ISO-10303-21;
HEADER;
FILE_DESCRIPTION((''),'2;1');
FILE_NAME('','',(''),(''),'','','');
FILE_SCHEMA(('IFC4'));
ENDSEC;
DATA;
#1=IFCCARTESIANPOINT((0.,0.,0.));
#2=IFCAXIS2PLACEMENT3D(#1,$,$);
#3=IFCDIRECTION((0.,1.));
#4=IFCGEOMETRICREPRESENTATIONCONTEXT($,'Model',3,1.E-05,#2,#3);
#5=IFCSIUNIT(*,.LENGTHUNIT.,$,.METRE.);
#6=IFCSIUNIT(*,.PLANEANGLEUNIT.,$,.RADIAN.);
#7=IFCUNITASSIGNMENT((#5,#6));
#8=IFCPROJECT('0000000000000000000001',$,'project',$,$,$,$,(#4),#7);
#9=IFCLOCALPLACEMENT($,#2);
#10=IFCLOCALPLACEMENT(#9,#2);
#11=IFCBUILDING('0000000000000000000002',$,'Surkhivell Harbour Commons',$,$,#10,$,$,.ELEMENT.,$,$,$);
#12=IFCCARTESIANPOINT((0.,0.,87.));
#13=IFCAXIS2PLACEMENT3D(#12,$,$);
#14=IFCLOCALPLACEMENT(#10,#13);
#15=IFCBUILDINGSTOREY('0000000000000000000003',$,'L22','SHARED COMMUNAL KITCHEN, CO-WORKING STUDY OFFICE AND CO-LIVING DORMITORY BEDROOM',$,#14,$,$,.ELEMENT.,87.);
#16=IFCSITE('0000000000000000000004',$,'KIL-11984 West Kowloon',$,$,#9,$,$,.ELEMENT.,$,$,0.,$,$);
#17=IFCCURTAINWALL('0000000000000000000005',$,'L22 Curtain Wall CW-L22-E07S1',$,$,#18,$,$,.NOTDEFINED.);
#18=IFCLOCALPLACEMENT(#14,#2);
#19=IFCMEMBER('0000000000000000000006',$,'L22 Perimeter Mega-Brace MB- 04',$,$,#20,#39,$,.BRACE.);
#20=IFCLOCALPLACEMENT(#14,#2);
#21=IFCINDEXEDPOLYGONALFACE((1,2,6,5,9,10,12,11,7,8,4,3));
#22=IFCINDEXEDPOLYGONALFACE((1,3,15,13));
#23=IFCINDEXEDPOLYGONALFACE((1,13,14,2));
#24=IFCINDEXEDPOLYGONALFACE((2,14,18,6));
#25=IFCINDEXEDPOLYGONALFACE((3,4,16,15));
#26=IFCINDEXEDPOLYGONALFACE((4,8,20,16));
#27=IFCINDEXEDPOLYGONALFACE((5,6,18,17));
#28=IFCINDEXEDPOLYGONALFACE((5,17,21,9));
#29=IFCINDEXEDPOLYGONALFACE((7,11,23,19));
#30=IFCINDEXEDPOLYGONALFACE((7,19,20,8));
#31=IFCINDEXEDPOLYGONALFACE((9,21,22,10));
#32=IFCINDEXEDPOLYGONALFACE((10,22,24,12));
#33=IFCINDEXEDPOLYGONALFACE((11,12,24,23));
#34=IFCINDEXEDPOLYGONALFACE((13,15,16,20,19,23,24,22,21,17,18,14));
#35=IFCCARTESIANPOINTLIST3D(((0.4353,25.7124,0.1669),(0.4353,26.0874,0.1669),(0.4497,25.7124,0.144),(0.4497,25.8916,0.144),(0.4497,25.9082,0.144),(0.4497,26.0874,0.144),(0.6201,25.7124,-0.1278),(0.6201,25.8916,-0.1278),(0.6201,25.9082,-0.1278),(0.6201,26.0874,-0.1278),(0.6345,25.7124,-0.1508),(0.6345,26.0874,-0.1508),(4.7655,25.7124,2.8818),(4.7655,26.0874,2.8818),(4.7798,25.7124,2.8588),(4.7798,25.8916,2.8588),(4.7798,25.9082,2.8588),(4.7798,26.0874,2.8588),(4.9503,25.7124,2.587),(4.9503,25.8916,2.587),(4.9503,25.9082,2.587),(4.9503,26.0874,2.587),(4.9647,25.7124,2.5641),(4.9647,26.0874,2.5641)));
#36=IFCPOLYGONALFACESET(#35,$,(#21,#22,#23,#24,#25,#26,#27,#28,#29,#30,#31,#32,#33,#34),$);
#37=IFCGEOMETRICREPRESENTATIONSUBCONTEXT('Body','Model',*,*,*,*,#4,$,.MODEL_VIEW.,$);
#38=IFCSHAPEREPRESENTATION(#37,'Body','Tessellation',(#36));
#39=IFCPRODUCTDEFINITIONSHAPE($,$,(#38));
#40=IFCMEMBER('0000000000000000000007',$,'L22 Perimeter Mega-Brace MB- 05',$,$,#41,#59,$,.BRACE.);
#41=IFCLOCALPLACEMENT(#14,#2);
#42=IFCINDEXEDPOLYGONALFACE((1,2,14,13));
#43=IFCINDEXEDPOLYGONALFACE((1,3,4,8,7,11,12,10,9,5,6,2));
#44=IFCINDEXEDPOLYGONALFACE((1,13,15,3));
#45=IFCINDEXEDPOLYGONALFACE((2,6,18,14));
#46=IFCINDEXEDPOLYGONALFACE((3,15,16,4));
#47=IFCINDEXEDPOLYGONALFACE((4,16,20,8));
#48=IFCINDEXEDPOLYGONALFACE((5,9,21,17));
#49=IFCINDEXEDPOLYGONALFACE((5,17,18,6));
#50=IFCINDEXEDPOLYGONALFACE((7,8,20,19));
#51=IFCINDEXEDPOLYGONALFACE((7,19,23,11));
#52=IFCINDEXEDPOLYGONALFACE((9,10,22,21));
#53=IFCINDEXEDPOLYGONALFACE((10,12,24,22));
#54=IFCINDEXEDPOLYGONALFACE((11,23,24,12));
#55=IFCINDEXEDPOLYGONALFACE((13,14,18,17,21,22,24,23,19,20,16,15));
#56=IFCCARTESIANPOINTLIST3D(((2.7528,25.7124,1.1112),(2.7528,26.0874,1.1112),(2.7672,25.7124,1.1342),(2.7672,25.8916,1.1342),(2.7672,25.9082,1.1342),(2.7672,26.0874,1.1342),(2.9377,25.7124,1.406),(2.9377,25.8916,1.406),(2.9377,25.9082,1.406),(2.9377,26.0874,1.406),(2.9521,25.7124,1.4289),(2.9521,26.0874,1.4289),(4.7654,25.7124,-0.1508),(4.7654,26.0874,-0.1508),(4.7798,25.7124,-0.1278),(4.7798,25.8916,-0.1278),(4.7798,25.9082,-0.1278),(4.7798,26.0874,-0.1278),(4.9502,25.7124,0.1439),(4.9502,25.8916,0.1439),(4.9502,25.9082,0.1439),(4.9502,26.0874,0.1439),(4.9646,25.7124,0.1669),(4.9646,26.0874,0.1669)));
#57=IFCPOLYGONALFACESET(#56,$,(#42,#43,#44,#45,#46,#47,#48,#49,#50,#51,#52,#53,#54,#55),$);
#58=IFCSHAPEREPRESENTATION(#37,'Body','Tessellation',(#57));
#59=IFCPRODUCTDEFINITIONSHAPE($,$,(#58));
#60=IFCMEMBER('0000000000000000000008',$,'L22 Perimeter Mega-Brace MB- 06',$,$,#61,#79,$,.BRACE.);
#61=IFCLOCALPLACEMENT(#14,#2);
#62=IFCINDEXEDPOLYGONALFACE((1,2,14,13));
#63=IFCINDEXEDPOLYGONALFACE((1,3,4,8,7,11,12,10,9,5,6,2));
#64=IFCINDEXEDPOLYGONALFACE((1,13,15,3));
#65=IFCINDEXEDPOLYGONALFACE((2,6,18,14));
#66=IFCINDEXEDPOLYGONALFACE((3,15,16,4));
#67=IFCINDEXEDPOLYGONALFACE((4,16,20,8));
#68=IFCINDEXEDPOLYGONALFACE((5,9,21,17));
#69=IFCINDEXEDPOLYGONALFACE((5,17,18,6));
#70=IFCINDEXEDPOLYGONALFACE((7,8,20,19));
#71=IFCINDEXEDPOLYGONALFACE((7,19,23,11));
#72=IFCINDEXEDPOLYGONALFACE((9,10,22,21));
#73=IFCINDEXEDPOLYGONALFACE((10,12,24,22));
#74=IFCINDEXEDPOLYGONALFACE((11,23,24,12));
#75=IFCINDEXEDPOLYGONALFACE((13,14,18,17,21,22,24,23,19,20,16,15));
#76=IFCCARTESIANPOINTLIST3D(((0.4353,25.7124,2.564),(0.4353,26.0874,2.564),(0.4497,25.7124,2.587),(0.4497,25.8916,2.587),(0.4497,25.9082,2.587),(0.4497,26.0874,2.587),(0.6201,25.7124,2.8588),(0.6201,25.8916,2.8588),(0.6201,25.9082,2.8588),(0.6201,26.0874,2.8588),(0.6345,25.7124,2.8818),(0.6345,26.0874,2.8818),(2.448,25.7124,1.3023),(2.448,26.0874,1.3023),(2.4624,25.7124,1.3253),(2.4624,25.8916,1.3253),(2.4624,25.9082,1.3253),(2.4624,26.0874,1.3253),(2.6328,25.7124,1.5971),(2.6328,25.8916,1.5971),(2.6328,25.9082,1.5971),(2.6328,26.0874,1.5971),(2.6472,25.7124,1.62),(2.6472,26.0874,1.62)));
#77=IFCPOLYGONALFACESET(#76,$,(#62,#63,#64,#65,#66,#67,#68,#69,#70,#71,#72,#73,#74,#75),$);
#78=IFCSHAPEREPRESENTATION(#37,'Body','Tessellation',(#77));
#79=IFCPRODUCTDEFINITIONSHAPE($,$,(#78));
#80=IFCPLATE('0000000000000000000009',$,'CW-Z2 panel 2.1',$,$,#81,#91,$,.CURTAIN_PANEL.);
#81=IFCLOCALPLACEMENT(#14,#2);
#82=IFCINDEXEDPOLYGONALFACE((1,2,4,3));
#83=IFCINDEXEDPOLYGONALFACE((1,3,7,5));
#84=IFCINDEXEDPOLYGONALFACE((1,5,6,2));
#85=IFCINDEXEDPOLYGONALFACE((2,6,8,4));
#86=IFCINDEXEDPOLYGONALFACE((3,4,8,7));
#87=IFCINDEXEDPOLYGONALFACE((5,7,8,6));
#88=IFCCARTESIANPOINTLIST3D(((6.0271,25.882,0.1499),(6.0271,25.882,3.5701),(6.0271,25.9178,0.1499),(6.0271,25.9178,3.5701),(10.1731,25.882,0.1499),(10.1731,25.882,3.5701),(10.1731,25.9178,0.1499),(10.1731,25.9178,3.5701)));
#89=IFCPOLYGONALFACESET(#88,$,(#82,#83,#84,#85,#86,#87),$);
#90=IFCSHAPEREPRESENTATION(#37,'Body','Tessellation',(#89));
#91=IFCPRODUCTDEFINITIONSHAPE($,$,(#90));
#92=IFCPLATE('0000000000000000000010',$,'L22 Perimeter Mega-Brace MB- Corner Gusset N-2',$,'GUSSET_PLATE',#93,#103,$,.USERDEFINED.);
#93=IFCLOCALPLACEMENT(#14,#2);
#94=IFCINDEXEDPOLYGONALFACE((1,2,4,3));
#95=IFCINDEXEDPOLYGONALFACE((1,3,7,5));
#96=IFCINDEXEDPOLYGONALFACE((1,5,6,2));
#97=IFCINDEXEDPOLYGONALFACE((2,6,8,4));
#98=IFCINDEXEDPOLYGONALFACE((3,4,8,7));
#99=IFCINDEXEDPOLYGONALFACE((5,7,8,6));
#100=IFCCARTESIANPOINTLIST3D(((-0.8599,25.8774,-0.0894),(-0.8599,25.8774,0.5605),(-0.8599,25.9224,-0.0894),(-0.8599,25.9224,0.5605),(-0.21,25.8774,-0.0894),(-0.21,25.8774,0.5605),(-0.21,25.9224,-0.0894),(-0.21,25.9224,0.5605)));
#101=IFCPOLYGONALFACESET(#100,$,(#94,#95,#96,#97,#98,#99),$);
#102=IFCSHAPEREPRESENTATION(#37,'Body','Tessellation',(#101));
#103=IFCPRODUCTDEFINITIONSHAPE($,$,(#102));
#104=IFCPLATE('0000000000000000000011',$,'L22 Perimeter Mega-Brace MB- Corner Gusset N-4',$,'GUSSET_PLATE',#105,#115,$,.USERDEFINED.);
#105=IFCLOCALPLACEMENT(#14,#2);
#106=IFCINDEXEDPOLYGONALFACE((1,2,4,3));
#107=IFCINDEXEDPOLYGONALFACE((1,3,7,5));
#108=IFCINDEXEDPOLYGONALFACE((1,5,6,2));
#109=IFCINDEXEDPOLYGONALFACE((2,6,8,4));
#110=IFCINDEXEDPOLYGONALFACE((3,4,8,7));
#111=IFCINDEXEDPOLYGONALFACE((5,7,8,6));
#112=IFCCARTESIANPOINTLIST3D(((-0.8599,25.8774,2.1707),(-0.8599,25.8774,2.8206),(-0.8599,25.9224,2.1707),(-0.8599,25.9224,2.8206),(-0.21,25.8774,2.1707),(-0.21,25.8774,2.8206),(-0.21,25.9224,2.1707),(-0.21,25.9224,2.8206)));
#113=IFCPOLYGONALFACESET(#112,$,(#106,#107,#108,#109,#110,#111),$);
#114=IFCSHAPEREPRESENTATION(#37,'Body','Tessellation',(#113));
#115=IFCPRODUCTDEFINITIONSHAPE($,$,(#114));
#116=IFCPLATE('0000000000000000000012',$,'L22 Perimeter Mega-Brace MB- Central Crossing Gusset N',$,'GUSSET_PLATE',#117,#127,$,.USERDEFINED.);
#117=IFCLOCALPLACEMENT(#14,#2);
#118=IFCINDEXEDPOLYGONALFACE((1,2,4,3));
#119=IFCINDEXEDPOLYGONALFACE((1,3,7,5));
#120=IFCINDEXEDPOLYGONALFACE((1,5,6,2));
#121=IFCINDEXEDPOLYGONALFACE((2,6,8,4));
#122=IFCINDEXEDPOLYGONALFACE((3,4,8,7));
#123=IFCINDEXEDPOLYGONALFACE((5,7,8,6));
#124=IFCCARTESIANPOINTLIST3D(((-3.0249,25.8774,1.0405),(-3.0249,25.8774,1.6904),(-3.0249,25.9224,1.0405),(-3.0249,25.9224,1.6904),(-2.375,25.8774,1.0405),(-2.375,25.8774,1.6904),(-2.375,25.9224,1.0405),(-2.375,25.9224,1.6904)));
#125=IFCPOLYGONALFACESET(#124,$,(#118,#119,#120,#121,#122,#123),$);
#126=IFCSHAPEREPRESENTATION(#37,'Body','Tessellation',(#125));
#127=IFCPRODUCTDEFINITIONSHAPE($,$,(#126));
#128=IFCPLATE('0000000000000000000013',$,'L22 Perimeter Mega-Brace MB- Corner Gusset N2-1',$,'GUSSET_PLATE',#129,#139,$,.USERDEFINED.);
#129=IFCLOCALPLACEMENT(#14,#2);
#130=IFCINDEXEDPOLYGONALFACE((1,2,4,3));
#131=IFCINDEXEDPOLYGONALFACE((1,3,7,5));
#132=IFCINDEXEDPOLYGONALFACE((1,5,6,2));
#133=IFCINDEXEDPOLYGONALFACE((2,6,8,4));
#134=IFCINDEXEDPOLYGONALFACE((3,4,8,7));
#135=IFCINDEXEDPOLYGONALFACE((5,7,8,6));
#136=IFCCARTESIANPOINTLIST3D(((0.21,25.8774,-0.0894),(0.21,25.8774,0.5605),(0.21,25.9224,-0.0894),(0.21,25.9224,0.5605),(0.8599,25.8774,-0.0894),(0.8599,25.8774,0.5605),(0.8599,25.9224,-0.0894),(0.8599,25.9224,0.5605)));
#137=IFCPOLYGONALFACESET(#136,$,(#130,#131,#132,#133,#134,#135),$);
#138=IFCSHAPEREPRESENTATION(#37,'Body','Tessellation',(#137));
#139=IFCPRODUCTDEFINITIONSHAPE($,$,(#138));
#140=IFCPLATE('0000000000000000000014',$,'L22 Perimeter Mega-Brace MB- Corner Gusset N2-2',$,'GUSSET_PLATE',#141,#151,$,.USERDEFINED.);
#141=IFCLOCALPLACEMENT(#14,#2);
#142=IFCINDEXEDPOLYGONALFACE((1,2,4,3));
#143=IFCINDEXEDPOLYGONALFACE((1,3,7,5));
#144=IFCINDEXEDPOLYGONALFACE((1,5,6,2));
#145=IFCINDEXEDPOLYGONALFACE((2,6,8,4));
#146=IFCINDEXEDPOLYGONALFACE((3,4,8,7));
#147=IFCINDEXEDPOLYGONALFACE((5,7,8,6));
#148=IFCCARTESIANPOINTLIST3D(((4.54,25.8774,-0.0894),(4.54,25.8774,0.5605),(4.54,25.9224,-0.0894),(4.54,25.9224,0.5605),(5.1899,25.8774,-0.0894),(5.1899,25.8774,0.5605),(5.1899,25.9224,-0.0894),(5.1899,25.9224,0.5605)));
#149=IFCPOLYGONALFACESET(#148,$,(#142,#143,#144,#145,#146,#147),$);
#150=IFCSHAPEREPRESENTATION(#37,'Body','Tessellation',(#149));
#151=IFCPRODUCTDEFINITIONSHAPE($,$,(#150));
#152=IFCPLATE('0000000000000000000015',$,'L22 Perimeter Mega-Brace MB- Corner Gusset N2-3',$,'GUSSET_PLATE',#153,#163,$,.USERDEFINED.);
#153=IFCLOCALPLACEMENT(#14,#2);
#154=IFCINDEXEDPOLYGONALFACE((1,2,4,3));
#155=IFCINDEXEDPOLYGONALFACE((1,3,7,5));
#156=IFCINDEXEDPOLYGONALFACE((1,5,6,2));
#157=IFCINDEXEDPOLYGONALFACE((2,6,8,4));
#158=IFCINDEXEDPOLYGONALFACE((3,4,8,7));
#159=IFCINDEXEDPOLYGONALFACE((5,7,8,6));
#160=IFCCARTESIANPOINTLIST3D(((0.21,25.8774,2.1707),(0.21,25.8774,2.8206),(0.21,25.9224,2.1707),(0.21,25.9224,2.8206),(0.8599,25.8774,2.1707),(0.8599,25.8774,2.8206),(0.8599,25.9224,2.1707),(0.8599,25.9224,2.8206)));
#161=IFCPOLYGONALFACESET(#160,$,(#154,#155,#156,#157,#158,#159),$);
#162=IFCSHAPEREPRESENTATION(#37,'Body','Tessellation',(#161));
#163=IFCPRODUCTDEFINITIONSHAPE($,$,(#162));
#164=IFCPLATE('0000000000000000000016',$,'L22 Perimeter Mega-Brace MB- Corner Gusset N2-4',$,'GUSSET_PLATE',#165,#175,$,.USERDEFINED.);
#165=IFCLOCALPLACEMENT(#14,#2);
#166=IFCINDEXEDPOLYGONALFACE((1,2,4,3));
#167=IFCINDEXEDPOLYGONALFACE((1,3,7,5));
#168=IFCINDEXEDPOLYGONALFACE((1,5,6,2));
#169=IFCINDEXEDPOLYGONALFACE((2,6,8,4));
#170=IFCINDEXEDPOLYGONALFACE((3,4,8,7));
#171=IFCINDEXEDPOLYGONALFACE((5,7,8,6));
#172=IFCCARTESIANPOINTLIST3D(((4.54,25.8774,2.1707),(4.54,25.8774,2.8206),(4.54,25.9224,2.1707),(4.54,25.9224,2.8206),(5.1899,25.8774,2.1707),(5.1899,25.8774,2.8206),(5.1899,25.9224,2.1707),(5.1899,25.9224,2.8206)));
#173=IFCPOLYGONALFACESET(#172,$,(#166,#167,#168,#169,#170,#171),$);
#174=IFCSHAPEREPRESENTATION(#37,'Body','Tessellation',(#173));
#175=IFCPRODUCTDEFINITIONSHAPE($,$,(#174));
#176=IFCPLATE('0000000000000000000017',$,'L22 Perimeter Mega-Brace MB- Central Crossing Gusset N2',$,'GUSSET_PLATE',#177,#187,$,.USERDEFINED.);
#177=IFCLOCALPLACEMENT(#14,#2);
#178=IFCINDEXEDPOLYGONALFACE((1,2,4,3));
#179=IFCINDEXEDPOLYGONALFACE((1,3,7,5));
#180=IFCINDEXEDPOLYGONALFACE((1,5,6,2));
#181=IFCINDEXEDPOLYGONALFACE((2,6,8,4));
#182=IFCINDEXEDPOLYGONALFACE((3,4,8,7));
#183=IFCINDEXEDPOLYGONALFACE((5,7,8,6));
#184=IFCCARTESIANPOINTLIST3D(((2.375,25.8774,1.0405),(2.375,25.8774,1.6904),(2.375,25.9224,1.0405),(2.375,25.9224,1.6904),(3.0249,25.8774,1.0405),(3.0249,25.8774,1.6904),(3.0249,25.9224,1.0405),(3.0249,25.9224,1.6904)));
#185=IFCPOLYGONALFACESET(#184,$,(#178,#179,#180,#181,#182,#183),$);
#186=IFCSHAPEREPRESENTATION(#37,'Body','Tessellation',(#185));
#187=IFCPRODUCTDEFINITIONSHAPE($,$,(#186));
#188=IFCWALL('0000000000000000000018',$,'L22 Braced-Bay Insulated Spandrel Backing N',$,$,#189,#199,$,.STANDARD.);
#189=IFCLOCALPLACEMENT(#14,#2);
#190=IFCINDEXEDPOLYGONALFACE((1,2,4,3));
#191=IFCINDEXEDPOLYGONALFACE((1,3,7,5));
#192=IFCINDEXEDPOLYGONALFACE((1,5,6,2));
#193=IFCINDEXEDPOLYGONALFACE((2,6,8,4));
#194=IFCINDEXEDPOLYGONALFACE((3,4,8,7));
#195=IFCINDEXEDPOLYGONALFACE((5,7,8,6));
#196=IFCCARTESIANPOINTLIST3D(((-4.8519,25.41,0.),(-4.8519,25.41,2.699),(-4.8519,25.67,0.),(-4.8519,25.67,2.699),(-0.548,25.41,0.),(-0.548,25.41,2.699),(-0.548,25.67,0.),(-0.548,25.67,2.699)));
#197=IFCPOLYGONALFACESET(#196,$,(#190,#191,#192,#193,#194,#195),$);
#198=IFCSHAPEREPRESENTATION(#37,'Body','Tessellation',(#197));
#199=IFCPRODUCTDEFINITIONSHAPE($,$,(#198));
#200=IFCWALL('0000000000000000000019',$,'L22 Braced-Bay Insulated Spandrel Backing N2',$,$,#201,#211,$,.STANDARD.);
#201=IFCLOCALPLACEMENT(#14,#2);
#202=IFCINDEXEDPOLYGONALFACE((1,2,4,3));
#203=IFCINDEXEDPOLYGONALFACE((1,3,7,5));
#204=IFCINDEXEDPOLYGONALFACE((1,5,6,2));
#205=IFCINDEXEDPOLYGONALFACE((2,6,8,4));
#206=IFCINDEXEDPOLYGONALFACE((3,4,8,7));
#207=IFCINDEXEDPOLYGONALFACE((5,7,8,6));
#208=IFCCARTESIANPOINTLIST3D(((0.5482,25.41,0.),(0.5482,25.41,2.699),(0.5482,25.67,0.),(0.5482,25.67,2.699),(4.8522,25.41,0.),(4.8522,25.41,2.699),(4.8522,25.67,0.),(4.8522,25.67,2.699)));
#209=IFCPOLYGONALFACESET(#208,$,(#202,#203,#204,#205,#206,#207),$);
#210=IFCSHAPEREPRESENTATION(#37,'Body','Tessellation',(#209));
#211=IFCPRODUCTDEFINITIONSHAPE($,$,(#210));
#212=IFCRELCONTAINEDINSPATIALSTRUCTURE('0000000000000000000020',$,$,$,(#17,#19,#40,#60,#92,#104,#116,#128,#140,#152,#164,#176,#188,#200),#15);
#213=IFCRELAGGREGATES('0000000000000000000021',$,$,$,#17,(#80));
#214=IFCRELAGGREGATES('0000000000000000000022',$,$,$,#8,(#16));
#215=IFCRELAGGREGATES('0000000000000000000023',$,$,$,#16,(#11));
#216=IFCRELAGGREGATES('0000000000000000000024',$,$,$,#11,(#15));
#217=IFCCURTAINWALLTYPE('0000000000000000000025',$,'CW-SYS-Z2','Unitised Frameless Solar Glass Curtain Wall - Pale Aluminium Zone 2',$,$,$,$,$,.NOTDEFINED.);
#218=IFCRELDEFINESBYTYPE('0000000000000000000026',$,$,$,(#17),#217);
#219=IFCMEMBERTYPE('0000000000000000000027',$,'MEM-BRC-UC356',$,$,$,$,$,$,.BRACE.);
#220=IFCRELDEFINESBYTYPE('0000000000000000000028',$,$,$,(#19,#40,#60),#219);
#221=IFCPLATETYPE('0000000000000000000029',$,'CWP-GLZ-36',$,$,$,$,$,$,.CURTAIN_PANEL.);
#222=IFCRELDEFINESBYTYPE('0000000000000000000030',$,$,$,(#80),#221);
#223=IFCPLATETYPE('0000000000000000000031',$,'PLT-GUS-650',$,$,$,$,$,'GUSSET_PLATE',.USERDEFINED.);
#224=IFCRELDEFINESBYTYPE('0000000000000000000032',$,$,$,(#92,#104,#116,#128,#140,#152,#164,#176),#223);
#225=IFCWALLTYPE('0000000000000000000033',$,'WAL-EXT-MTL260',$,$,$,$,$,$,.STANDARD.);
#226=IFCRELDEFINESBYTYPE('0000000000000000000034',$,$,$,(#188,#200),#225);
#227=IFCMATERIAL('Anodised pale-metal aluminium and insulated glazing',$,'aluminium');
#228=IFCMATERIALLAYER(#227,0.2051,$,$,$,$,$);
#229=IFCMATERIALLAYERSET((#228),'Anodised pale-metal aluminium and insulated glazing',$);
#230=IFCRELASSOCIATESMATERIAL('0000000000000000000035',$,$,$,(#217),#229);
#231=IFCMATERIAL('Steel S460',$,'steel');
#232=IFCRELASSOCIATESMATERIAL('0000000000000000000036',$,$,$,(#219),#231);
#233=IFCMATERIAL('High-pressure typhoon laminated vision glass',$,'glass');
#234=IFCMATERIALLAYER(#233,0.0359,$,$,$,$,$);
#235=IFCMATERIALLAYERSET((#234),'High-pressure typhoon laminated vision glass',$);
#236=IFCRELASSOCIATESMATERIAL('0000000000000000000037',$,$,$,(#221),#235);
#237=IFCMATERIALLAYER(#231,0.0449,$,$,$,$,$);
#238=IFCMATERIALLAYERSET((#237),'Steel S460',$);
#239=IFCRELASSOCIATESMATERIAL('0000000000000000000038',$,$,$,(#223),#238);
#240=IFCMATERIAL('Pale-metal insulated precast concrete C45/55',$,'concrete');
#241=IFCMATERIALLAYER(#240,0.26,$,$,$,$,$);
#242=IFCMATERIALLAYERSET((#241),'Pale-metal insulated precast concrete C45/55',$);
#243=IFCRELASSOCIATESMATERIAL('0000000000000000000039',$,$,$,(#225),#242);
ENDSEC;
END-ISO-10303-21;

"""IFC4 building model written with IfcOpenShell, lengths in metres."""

from ifc_helpers import new_model, si_unit, direction, frame, frame_2d, origin, origin_2d, place, context, subcontext, project, spatial, rectangle, i_section, extrude, material, layer, layer_set, material_profile, profile_set, type_object, element, aggregate, save


model = new_model("IFC4")

# Units and contexts
model_context = context("Model", 3, precision=1e-05, world=origin(), true_north=direction((0.0, 1.0)))
body_context = subcontext(model_context, "Body", "Model", "MODEL_VIEW")
ifc_project = project(units=[si_unit("LENGTHUNIT", "METRE"), si_unit("PLANEANGLEUNIT", "RADIAN")], contexts=[model_context])

# Site, building, storey
site_placement = place(None, origin())
site = spatial("IfcSite", under=ifc_project, at=site_placement, Name="KIL-11984 West Kowloon", CompositionType="ELEMENT", RefElevation=0.0)
building_placement = place(site_placement, origin())
building = spatial("IfcBuilding", under=site, at=building_placement, Name="Surkhivell Harbour Commons", CompositionType="ELEMENT")
storey_placement = place(building_placement, frame((0.0, 0.0, 87.0)))
storey = spatial("IfcBuildingStorey", under=building, at=storey_placement, Name="L22", Description="SHARED COMMUNAL KITCHEN, CO-WORKING STUDY OFFICE AND CO-LIVING DORMITORY BEDROOM", CompositionType="ELEMENT", Elevation=87.0)

# Shared definitions
ifc_material_1 = material(Name="Steel S460", Category="steel")

# Curtain wall
ifc_material_2 = material(Name="Anodised pale-metal aluminium and insulated glazing", Category="aluminium")
ifc_layer_1 = layer(ifc_material_2, 0.2051)
ifc_layer_set_1 = layer_set([ifc_layer_1], Name="Anodised pale-metal aluminium and insulated glazing")
curtain_wall_type = type_object("IfcCurtainWallType", Name="CW-SYS-Z2", Description="Unitised Frameless Solar Glass Curtain Wall - Pale Aluminium Zone 2", PredefinedType="NOTDEFINED", material=ifc_layer_set_1)
curtain_wall_placement = place(storey_placement, origin())
curtain_wall = element("IfcCurtainWall", 1, at=curtain_wall_placement, inside=storey, type_object=curtain_wall_type, Name="L22 Curtain Wall CW-L22-E07S1", PredefinedType="NOTDEFINED")

# Members
ifc_material_profile_1 = material_profile(ifc_material_1, i_section(OverallWidth=0.375, OverallDepth=0.375, WebThickness=0.0166, FlangeThickness=0.0271, at=origin_2d()), Name="UC356x368x202")
ifc_profile_set_1 = profile_set([ifc_material_profile_1], Name="Steel S460")
member_type_1 = type_object("IfcMemberType", Name="MEM-BRC-UC356", PredefinedType="BRACE", material=ifc_profile_set_1)
member_1_placement = place(storey_placement, frame((0.5349, 25.8999, 0.0081), z_axis=(0.847246, 0.0, 0.531201), x_axis=(0.0, 1.0, 0.0)))
element("IfcMember", 2, at=member_1_placement, inside=storey, type_object=member_type_1, Name="L22 Perimeter Mega-Brace MB- 04", PredefinedType="BRACE", context=body_context, shape_type="SweptSolid", body=[
    extrude(i_section(OverallWidth=0.375, OverallDepth=0.375, WebThickness=0.0166, FlangeThickness=0.0271, at=origin_2d()), origin(), (0.0, 0.0, 1.0), 5.1108),
])
for number, where, z_axis, x_axis, name in (
    (3, (4.865, 25.8999, 0.0081), (-0.847206, 0.0, 0.531264), (0.0, -1.0, 0.0), "L22 Perimeter Mega-Brace MB- 05"),
    (4, (2.5476, 25.8999, 1.4612), (-0.847282, 0.0, 0.531144), (0.0, -1.0, 0.0), "L22 Perimeter Mega-Brace MB- 06"),
):
    element("IfcMember", number, at=place(storey_placement, frame(where, z_axis=z_axis, x_axis=x_axis)), inside=storey, type_object=member_type_1, Name=name, PredefinedType="BRACE", context=body_context, shape_type="SweptSolid", body=[
        extrude(i_section(OverallWidth=0.375, OverallDepth=0.375, WebThickness=0.0166, FlangeThickness=0.0271, at=origin_2d()), origin(), (0.0, 0.0, 1.0), 2.3755),
    ])

# Plate
ifc_material_3 = material(Name="High-pressure typhoon laminated vision glass", Category="glass")
ifc_layer_2 = layer(ifc_material_3, 0.0359)
ifc_layer_set_2 = layer_set([ifc_layer_2], Name="High-pressure typhoon laminated vision glass")
plate_type_1 = type_object("IfcPlateType", Name="CWP-GLZ-36", PredefinedType="CURTAIN_PANEL", material=ifc_layer_set_2)
plate_placement = place(storey_placement, frame((10.1731, 25.8999, 0.1499), z_axis=(0.0, 0.0, 1.0), x_axis=(-1.0, 0.0, 0.0)))
plate = element("IfcPlate", 5, at=plate_placement, type_object=plate_type_1, Name="CW-Z2 panel 2.1", PredefinedType="CURTAIN_PANEL", context=body_context, shape_type="SweptSolid", body=[
    extrude(rectangle(XDim=4.146, YDim=0.0359, at=frame_2d((2.073, 0.0))), origin(), (0.0, 0.0, 1.0), 3.4202),
])
aggregate(curtain_wall, [plate])

# Plates
ifc_layer_3 = layer(ifc_material_1, 0.0449)
ifc_layer_set_3 = layer_set([ifc_layer_3], Name="Steel S460")
plate_type_2 = type_object("IfcPlateType", Name="PLT-GUS-650", ElementType="GUSSET_PLATE", PredefinedType="USERDEFINED", material=ifc_layer_set_3)
for number, where, z_axis, x_axis, name in (
    (6, (-0.5349, 25.8999, -0.0894), (0.0, 0.0, 1.0), (1.0, 0.0, 0.0), "L22 Perimeter Mega-Brace MB- Corner Gusset N-2"),
    (7, (-0.5349, 25.8999, 2.1707), (0.0, 0.0, 1.0), (1.0, 0.0, 0.0), "L22 Perimeter Mega-Brace MB- Corner Gusset N-4"),
    (8, (-2.7, 25.8999, 1.0405), (0.0, 0.0, 1.0), (1.0, 0.0, 0.0), "L22 Perimeter Mega-Brace MB- Central Crossing Gusset N"),
    (9, (0.5349, 25.8999, -0.0894), (0.0, 0.0, 1.0), (1.0, 0.0, 0.0), "L22 Perimeter Mega-Brace MB- Corner Gusset N2-1"),
    (10, (4.865, 25.8999, -0.0894), (0.0, 0.0, 1.0), (1.0, 0.0, 0.0), "L22 Perimeter Mega-Brace MB- Corner Gusset N2-2"),
    (11, (0.5349, 25.8999, 2.1707), (0.0, 0.0, 1.0), (1.0, 0.0, 0.0), "L22 Perimeter Mega-Brace MB- Corner Gusset N2-3"),
    (12, (4.865, 25.8999, 2.1707), (0.0, 0.0, 1.0), (1.0, 0.0, 0.0), "L22 Perimeter Mega-Brace MB- Corner Gusset N2-4"),
    (13, (2.7, 25.8999, 1.0405), (0.0, 0.0, 1.0), (1.0, 0.0, 0.0), "L22 Perimeter Mega-Brace MB- Central Crossing Gusset N2"),
):
    element("IfcPlate", number, at=place(storey_placement, frame(where, z_axis=z_axis, x_axis=x_axis)), inside=storey, type_object=plate_type_2, Name=name, ObjectType="GUSSET_PLATE", PredefinedType="USERDEFINED", context=body_context, shape_type="SweptSolid", body=[
        extrude(rectangle(XDim=0.6499, YDim=0.0449, at=origin_2d()), origin(), (0.0, 0.0, 1.0), 0.6499),
    ])

# Walls
ifc_material_4 = material(Name="Pale-metal insulated precast concrete C45/55", Category="concrete")
ifc_layer_4 = layer(ifc_material_4, 0.26)
ifc_layer_set_4 = layer_set([ifc_layer_4], Name="Pale-metal insulated precast concrete C45/55")
wall_type_1 = type_object("IfcWallType", Name="WAL-EXT-MTL260", PredefinedType="STANDARD", material=ifc_layer_set_4)
for number, where, z_axis, x_axis, name in (
    (14, (-0.5481, 25.54, 0.0), (0.0, 0.0, 1.0), (-1.0, 0.0, 0.0), "L22 Braced-Bay Insulated Spandrel Backing N"),
    (15, (4.8521, 25.54, 0.0), (0.0, 0.0, 1.0), (-1.0, 0.0, 0.0), "L22 Braced-Bay Insulated Spandrel Backing N2"),
):
    element("IfcWall", number, at=place(storey_placement, frame(where, z_axis=z_axis, x_axis=x_axis)), inside=storey, type_object=wall_type_1, Name=name, PredefinedType="STANDARD", context=body_context, shape_type="SweptSolid", body=[
        extrude(rectangle(XDim=4.304, YDim=0.26, at=frame_2d((2.1519, 0.0))), origin(), (0.0, 0.0, 1.0), 2.699),
    ])

save(model, "model.ifc")
